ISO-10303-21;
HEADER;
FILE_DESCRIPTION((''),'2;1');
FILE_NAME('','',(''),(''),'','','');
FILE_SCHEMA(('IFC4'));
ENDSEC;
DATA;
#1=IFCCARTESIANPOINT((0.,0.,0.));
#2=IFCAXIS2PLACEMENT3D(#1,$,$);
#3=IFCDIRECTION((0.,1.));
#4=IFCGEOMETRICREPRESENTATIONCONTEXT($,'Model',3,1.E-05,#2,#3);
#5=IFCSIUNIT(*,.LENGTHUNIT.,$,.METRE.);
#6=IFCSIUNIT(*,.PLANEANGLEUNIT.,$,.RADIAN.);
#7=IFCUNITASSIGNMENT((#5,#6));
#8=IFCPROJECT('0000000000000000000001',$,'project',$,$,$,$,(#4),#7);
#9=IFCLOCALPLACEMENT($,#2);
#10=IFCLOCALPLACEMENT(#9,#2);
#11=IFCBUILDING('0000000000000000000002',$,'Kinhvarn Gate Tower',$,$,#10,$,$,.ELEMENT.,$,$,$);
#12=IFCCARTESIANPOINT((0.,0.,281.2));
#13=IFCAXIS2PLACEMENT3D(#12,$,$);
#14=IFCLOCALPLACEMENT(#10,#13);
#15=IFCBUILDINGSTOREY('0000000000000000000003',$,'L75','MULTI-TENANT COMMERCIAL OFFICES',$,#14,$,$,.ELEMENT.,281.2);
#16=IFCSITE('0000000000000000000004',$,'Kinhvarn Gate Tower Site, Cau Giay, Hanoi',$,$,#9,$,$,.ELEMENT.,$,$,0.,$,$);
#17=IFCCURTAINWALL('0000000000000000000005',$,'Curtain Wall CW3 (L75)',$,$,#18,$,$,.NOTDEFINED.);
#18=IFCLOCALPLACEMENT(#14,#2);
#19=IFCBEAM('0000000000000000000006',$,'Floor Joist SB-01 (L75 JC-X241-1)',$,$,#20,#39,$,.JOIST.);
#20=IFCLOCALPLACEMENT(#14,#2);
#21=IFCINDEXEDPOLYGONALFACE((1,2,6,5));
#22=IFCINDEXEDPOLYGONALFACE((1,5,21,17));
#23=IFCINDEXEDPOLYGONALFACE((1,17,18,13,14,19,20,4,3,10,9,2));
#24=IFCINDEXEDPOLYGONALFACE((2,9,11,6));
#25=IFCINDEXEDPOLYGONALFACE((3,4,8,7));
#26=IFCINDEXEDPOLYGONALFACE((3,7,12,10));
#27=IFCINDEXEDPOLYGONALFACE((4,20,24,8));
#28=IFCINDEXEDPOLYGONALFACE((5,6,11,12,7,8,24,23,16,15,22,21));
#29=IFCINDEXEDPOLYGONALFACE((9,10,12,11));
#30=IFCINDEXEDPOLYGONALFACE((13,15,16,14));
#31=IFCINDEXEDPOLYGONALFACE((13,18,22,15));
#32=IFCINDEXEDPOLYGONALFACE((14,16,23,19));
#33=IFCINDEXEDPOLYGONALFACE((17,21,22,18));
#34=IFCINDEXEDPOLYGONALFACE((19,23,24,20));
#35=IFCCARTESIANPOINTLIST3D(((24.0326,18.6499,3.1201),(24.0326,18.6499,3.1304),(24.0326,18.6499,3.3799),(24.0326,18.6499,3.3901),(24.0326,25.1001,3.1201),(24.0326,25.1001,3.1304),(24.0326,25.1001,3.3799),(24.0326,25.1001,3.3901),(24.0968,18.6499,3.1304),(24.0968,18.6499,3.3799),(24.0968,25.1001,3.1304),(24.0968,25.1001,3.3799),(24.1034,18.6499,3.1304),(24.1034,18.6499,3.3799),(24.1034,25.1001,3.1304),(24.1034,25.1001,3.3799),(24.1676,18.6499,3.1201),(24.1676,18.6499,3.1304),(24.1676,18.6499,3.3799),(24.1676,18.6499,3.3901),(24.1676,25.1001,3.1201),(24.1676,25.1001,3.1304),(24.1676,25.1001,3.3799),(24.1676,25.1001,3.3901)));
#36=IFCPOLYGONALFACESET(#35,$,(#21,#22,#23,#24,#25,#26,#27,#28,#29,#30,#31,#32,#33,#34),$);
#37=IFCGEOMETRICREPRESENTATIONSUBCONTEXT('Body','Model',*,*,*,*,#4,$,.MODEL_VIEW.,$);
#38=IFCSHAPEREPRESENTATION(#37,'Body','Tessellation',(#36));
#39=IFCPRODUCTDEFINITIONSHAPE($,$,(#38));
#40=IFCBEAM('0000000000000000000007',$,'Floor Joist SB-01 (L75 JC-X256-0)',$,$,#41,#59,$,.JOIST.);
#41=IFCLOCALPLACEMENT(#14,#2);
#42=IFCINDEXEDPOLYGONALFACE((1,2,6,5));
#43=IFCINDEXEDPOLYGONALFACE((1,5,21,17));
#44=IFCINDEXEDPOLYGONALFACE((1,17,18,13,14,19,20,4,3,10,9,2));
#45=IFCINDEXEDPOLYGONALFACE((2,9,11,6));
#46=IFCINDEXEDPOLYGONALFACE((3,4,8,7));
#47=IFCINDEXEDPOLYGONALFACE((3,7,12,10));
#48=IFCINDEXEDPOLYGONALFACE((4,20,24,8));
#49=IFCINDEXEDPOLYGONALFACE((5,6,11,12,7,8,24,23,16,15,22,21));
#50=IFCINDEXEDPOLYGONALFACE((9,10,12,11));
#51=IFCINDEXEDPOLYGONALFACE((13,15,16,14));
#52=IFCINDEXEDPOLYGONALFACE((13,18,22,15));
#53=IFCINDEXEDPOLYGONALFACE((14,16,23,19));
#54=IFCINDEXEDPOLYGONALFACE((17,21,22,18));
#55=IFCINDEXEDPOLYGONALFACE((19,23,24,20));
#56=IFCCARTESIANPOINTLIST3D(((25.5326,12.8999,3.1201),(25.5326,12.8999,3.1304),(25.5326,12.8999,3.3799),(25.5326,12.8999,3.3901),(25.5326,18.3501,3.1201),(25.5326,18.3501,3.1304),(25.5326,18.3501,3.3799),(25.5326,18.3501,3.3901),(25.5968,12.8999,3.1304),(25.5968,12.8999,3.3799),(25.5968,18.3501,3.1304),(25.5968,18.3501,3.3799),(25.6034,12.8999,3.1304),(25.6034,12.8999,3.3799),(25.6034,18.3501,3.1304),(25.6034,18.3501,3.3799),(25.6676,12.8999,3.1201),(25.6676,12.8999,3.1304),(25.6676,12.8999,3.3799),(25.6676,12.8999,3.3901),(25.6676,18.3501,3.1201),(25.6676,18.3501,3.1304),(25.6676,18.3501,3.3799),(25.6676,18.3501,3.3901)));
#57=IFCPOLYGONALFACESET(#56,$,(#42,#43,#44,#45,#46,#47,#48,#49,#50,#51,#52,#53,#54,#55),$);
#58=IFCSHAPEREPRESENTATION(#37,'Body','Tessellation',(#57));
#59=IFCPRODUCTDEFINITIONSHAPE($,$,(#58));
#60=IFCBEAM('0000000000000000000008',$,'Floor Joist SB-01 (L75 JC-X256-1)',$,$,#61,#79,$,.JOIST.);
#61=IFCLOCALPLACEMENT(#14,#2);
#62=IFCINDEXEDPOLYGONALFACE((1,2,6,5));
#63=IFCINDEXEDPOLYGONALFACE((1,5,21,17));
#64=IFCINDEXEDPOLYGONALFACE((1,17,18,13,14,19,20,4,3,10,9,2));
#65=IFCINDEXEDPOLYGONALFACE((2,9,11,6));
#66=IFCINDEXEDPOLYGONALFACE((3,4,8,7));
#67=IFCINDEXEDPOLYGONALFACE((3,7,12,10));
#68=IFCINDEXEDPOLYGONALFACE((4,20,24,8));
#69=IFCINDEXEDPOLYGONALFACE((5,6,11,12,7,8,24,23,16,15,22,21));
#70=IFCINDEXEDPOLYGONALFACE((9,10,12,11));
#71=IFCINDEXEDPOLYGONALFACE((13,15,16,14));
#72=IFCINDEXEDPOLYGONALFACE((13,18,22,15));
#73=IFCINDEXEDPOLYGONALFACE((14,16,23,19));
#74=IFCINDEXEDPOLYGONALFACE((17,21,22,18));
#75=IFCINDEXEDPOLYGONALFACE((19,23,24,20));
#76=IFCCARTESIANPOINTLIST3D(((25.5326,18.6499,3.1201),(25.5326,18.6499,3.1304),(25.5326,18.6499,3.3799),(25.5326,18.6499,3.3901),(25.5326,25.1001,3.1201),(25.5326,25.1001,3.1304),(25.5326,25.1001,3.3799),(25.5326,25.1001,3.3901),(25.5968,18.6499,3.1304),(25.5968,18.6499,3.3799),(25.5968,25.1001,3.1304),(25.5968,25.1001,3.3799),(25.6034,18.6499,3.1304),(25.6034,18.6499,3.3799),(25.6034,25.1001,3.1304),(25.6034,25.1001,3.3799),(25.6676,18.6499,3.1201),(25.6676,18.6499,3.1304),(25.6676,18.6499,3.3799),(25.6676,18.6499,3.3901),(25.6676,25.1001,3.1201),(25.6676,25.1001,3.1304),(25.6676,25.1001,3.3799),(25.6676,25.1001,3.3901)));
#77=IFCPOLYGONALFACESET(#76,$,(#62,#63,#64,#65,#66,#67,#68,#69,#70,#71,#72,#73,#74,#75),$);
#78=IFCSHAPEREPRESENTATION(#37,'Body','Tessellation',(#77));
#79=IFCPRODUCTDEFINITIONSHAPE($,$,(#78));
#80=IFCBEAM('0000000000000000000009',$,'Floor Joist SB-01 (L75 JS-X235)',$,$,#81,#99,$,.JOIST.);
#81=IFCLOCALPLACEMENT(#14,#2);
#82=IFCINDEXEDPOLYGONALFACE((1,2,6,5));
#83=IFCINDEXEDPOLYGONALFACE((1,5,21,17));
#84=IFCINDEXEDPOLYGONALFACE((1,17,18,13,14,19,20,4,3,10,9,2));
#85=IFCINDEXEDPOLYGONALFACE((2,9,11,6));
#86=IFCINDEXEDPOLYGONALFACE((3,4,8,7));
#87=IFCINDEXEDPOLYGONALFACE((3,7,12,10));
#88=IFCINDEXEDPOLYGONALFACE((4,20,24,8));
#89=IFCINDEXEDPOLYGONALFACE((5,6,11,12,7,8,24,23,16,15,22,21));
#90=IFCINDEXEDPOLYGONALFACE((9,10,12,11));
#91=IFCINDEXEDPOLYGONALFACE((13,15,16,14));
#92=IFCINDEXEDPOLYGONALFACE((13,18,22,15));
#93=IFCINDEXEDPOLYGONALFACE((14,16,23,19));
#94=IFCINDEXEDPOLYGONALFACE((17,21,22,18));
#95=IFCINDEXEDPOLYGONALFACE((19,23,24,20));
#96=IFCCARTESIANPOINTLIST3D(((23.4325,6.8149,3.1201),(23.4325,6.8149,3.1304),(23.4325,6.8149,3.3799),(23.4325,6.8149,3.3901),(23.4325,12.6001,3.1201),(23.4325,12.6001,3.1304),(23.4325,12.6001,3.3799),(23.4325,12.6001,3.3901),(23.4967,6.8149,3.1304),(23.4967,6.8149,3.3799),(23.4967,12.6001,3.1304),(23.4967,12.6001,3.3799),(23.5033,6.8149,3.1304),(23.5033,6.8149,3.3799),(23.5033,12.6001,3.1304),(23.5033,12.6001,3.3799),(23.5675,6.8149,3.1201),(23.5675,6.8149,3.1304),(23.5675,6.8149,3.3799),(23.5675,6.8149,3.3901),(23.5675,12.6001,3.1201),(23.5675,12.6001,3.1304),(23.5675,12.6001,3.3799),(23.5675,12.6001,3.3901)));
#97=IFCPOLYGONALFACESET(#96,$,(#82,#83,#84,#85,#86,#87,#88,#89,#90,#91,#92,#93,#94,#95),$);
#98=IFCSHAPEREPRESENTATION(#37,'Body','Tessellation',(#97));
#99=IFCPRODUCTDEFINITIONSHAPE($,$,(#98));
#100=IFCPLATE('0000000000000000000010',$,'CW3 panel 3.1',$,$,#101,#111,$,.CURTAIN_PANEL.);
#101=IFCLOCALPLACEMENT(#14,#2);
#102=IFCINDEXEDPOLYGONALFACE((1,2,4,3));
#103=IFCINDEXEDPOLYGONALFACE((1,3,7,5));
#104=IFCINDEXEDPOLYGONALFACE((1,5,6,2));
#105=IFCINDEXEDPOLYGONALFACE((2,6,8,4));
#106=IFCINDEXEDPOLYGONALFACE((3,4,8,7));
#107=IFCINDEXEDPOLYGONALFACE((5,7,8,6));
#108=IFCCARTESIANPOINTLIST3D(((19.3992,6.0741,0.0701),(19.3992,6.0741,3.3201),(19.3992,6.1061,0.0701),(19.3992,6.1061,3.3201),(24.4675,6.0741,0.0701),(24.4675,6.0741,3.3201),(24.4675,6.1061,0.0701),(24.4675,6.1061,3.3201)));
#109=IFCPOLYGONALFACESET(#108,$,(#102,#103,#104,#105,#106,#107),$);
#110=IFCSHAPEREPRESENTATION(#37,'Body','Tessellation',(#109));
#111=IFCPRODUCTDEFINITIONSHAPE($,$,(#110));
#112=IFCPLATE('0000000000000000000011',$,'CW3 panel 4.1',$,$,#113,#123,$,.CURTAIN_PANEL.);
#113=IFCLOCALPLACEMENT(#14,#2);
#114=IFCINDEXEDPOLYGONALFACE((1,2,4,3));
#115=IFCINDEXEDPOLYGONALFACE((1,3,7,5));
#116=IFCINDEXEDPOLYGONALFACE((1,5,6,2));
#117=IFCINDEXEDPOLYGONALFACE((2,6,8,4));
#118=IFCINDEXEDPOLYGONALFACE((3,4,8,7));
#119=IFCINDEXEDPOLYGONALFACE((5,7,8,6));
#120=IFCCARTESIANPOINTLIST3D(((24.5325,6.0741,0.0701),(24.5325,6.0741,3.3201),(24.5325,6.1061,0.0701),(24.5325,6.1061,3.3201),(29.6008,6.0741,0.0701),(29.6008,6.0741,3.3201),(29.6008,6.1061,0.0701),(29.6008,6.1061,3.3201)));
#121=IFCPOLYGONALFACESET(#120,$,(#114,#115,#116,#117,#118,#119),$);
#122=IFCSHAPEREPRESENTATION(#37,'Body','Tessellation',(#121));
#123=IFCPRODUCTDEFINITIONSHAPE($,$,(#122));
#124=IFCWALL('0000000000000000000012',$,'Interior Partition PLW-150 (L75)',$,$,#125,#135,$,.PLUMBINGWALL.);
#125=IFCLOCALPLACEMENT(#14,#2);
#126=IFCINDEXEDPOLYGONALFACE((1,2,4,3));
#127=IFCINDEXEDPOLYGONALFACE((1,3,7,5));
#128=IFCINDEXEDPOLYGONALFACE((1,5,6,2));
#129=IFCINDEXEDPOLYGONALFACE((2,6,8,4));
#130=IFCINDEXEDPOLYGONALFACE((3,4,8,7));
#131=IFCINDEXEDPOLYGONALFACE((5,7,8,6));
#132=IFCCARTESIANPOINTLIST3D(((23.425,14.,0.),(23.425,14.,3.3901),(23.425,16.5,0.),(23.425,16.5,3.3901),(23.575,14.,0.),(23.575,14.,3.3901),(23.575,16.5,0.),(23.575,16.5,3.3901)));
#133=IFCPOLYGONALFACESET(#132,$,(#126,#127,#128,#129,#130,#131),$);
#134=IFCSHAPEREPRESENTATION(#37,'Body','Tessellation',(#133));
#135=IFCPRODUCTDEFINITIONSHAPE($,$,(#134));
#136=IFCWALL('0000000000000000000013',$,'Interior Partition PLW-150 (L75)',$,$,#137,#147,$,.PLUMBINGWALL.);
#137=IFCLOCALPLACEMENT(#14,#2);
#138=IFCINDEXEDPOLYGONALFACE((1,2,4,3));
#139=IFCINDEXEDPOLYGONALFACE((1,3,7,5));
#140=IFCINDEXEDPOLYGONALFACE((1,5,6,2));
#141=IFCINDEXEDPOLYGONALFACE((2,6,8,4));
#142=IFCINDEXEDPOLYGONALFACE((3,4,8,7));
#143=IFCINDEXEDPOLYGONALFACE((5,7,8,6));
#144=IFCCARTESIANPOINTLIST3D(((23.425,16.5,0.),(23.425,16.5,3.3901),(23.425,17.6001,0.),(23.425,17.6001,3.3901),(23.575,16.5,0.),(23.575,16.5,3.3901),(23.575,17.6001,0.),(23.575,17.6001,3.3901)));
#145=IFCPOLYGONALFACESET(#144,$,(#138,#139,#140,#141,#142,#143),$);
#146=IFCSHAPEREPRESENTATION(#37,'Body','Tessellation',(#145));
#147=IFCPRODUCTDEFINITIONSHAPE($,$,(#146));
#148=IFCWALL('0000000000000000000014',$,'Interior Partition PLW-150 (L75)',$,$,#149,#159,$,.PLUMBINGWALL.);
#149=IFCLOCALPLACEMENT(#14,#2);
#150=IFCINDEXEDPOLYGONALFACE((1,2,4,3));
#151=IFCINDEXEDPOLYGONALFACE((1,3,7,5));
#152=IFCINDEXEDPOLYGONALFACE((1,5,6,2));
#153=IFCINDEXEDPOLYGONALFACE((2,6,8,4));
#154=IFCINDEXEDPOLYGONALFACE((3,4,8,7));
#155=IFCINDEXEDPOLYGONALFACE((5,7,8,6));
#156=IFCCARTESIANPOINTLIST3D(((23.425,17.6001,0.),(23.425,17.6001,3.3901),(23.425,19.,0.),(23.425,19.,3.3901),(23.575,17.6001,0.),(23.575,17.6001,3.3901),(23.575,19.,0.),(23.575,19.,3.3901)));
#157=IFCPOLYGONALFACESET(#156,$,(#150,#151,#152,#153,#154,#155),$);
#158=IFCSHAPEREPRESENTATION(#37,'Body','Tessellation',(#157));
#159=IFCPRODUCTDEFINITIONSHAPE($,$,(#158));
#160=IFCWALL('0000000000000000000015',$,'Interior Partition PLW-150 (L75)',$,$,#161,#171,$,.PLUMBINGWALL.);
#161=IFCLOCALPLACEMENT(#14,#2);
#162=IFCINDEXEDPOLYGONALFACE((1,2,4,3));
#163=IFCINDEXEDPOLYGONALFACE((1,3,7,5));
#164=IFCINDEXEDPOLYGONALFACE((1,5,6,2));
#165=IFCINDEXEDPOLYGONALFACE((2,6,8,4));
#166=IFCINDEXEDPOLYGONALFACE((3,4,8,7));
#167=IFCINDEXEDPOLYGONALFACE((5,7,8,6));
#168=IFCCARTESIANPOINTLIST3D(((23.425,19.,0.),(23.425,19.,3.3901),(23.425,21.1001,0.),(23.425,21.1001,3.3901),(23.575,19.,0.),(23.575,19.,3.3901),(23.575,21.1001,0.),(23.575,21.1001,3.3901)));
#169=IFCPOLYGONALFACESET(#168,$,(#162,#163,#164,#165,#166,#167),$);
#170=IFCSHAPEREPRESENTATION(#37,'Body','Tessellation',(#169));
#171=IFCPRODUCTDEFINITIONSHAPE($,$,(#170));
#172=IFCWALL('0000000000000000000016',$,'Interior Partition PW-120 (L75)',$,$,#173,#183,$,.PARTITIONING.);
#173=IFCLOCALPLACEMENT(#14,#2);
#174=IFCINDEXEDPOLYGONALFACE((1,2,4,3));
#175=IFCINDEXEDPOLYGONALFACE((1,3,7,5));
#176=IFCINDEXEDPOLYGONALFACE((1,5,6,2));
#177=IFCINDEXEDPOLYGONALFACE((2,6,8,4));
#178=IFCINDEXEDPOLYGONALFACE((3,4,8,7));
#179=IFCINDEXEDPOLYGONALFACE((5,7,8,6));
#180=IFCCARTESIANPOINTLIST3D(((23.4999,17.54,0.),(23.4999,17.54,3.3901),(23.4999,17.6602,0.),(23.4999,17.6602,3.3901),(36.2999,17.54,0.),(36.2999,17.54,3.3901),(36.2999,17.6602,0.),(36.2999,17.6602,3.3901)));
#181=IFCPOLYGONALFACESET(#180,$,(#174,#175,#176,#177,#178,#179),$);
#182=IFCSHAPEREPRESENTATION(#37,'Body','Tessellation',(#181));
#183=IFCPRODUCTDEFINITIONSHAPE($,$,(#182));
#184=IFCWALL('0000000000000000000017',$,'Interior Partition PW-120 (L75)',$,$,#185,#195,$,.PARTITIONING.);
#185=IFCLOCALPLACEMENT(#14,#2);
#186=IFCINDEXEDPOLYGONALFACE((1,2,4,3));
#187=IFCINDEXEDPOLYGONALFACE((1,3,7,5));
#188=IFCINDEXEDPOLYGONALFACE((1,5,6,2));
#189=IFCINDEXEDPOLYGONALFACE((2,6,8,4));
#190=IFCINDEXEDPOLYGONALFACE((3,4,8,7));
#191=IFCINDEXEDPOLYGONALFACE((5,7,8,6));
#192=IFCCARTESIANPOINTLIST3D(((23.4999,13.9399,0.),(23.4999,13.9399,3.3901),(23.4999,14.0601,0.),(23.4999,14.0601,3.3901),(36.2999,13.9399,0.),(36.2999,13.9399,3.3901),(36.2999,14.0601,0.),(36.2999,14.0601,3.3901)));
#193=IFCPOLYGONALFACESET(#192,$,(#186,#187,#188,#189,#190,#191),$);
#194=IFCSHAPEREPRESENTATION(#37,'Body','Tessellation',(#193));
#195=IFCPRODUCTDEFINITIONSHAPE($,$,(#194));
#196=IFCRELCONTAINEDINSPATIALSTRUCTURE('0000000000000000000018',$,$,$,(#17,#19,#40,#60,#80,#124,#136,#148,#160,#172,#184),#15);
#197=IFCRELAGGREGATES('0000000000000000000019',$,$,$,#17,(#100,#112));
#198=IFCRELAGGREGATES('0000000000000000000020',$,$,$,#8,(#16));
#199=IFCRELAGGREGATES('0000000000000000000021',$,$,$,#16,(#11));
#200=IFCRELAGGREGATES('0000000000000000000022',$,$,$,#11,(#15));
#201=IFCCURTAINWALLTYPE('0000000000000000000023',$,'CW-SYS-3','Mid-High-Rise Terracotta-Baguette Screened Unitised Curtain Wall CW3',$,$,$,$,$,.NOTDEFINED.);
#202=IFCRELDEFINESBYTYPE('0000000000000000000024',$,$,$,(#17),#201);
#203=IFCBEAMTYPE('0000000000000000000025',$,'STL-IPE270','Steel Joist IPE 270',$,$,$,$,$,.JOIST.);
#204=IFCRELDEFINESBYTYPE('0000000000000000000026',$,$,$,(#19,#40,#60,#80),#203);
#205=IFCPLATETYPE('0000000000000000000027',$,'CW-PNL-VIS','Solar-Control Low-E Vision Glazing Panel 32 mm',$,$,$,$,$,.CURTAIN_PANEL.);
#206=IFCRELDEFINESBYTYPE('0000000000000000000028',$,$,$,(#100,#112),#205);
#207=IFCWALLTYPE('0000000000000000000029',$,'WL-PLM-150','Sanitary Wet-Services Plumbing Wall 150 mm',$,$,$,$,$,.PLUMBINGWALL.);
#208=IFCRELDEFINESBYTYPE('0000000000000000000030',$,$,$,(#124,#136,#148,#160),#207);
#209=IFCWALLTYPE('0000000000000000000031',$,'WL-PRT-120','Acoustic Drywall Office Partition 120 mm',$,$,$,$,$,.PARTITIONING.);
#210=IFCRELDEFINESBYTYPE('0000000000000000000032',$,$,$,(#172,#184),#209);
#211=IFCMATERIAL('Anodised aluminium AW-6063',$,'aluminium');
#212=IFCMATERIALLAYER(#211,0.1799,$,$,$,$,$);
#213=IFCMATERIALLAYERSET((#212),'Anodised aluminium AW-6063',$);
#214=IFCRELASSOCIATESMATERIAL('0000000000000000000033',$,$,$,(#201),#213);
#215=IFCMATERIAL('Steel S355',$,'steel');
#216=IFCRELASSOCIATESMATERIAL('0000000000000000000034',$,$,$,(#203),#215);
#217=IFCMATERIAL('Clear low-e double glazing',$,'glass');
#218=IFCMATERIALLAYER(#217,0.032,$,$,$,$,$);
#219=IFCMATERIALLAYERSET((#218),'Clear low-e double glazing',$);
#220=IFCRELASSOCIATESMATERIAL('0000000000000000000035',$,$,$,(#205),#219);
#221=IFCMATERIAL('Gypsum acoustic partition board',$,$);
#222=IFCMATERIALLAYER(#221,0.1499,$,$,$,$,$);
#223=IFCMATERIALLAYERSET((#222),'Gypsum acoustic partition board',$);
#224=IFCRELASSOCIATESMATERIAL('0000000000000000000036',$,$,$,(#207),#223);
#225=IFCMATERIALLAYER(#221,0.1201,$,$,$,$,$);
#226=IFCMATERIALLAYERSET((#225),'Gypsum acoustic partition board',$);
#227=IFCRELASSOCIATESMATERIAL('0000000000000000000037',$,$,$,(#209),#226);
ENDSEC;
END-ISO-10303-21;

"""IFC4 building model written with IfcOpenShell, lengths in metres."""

from ifc_helpers import new_model, si_unit, direction, frame, frame_2d, origin, origin_2d, place, context, subcontext, project, spatial, rectangle, i_section, extrude, material, layer, layer_set, material_profile, profile_set, type_object, element, aggregate, save


model = new_model("IFC4")

# Units and contexts
model_context = context("Model", 3, precision=1e-05, world=origin(), true_north=direction((0.0, 1.0)))
body_context = subcontext(model_context, "Body", "Model", "MODEL_VIEW")
ifc_project = project(units=[si_unit("LENGTHUNIT", "METRE"), si_unit("PLANEANGLEUNIT", "RADIAN")], contexts=[model_context])

# Site, building, storey
site_placement = place(None, origin())
site = spatial("IfcSite", under=ifc_project, at=site_placement, Name="Kinhvarn Gate Tower Site, Cau Giay, Hanoi", CompositionType="ELEMENT", RefElevation=0.0)
building_placement = place(site_placement, origin())
building = spatial("IfcBuilding", under=site, at=building_placement, Name="Kinhvarn Gate Tower", CompositionType="ELEMENT")
storey_placement = place(building_placement, frame((0.0, 0.0, 281.2)))
storey = spatial("IfcBuildingStorey", under=building, at=storey_placement, Name="L75", Description="MULTI-TENANT COMMERCIAL OFFICES", CompositionType="ELEMENT", Elevation=281.2)

# Curtain wall
ifc_material_1 = material(Name="Anodised aluminium AW-6063", Category="aluminium")
ifc_layer_1 = layer(ifc_material_1, 0.1799)
ifc_layer_set_1 = layer_set([ifc_layer_1], Name="Anodised aluminium AW-6063")
curtain_wall_type = type_object("IfcCurtainWallType", Name="CW-SYS-3", Description="Mid-High-Rise Terracotta-Baguette Screened Unitised Curtain Wall CW3", PredefinedType="NOTDEFINED", material=ifc_layer_set_1)
curtain_wall_placement = place(storey_placement, origin())
curtain_wall = element("IfcCurtainWall", 1, at=curtain_wall_placement, inside=storey, type_object=curtain_wall_type, Name="Curtain Wall CW3 (L75)", PredefinedType="NOTDEFINED")

# Beams
ifc_material_2 = material(Name="Steel S355", Category="steel")
ifc_material_profile_1 = material_profile(ifc_material_2, i_section(OverallWidth=0.135, OverallDepth=0.27, WebThickness=0.0066, FlangeThickness=0.0103, at=origin_2d()), Name="IPE 270")
ifc_profile_set_1 = profile_set([ifc_material_profile_1], Name="Steel S355")
beam_type_1 = type_object("IfcBeamType", Name="STL-IPE270", Description="Steel Joist IPE 270", PredefinedType="JOIST", material=ifc_profile_set_1)
beam_1_placement = place(storey_placement, frame((24.1001, 18.6499, 3.2551), z_axis=(0.0, 1.0, 0.0), x_axis=(-1.0, 0.0, 0.0)))
element("IfcBeam", 2, at=beam_1_placement, inside=storey, type_object=beam_type_1, Name="Floor Joist SB-01 (L75 JC-X241-1)", PredefinedType="JOIST", context=body_context, shape_type="SweptSolid", body=[
    extrude(i_section(OverallWidth=0.135, OverallDepth=0.27, WebThickness=0.0066, FlangeThickness=0.0103, at=origin_2d()), origin(), (0.0, 0.0, 1.0), 6.4502),
])
beam_2_placement = place(storey_placement, frame((25.6001, 12.8999, 3.2551), z_axis=(0.0, 1.0, 0.0), x_axis=(-1.0, 0.0, 0.0)))
element("IfcBeam", 3, at=beam_2_placement, inside=storey, type_object=beam_type_1, Name="Floor Joist SB-01 (L75 JC-X256-0)", PredefinedType="JOIST", context=body_context, shape_type="SweptSolid", body=[
    extrude(i_section(OverallWidth=0.135, OverallDepth=0.27, WebThickness=0.0066, FlangeThickness=0.0103, at=origin_2d()), origin(), (0.0, 0.0, 1.0), 5.4502),
])
beam_3_placement = place(storey_placement, frame((25.6001, 18.6499, 3.2551), z_axis=(0.0, 1.0, 0.0), x_axis=(-1.0, 0.0, 0.0)))
element("IfcBeam", 4, at=beam_3_placement, inside=storey, type_object=beam_type_1, Name="Floor Joist SB-01 (L75 JC-X256-1)", PredefinedType="JOIST", context=body_context, shape_type="SweptSolid", body=[
    extrude(i_section(OverallWidth=0.135, OverallDepth=0.27, WebThickness=0.0066, FlangeThickness=0.0103, at=origin_2d()), origin(), (0.0, 0.0, 1.0), 6.4502),
])
beam_4_placement = place(storey_placement, frame((23.5, 6.8149, 3.2551), z_axis=(0.0, 1.0, 0.0), x_axis=(-1.0, 0.0, 0.0)))
element("IfcBeam", 5, at=beam_4_placement, inside=storey, type_object=beam_type_1, Name="Floor Joist SB-01 (L75 JS-X235)", PredefinedType="JOIST", context=body_context, shape_type="SweptSolid", body=[
    extrude(i_section(OverallWidth=0.135, OverallDepth=0.27, WebThickness=0.0066, FlangeThickness=0.0103, at=origin_2d()), origin(), (0.0, 0.0, 1.0), 5.7852),
])

# Plates
ifc_material_3 = material(Name="Clear low-e double glazing", Category="glass")
ifc_layer_2 = layer(ifc_material_3, 0.032)
ifc_layer_set_2 = layer_set([ifc_layer_2], Name="Clear low-e double glazing")
plate_type = type_object("IfcPlateType", Name="CW-PNL-VIS", Description="Solar-Control Low-E Vision Glazing Panel 32 mm", PredefinedType="CURTAIN_PANEL", material=ifc_layer_set_2)
plate_1_placement = place(storey_placement, frame((21.9333, 6.0901, 0.0701), z_axis=(0.0, 0.0, 1.0), x_axis=(1.0, 0.0, 0.0)))
plate_1 = element("IfcPlate", 6, at=plate_1_placement, type_object=plate_type, Name="CW3 panel 3.1", PredefinedType="CURTAIN_PANEL", context=body_context, shape_type="SweptSolid", body=[
    extrude(rectangle(XDim=5.0684, YDim=0.032, at=origin_2d()), origin(), (0.0, 0.0, 1.0), 3.25),
])
plate_2_placement = place(storey_placement, frame((27.0667, 6.0901, 0.0701), z_axis=(0.0, 0.0, 1.0), x_axis=(1.0, 0.0, 0.0)))
plate_2 = element("IfcPlate", 7, at=plate_2_placement, type_object=plate_type, Name="CW3 panel 4.1", PredefinedType="CURTAIN_PANEL", context=body_context, shape_type="SweptSolid", body=[
    extrude(rectangle(XDim=5.0684, YDim=0.032, at=origin_2d()), origin(), (0.0, 0.0, 1.0), 3.25),
])
aggregate(curtain_wall, [plate_1, plate_2])

# Walls
ifc_material_4 = material(Name="Gypsum acoustic partition board")
ifc_layer_3 = layer(ifc_material_4, 0.1499)
ifc_layer_set_3 = layer_set([ifc_layer_3], Name="Gypsum acoustic partition board")
wall_type_1 = type_object("IfcWallType", Name="WL-PLM-150", Description="Sanitary Wet-Services Plumbing Wall 150 mm", PredefinedType="PLUMBINGWALL", material=ifc_layer_set_3)
wall_1_placement = place(storey_placement, frame((23.5, 14.0, 0.0), z_axis=(0.0, 0.0, 1.0), x_axis=(0.0, 1.0, 0.0)))
element("IfcWall", 8, at=wall_1_placement, inside=storey, type_object=wall_type_1, Name="Interior Partition PLW-150 (L75)", PredefinedType="PLUMBINGWALL", context=body_context, shape_type="SweptSolid", body=[
    extrude(rectangle(XDim=2.5, YDim=0.1499, at=frame_2d((1.25, 0.0))), origin(), (0.0, 0.0, 1.0), 3.3901),
])
wall_2_placement = place(storey_placement, frame((23.5, 16.5, 0.0), z_axis=(0.0, 0.0, 1.0), x_axis=(0.0, 1.0, 0.0)))
element("IfcWall", 9, at=wall_2_placement, inside=storey, type_object=wall_type_1, Name="Interior Partition PLW-150 (L75)", PredefinedType="PLUMBINGWALL", context=body_context, shape_type="SweptSolid", body=[
    extrude(rectangle(XDim=1.1001, YDim=0.1499, at=frame_2d((0.55, 0.0))), origin(), (0.0, 0.0, 1.0), 3.3901),
])
wall_3_placement = place(storey_placement, frame((23.5, 17.6001, 0.0), z_axis=(0.0, 0.0, 1.0), x_axis=(0.0, 1.0, 0.0)))
element("IfcWall", 10, at=wall_3_placement, inside=storey, type_object=wall_type_1, Name="Interior Partition PLW-150 (L75)", PredefinedType="PLUMBINGWALL", context=body_context, shape_type="SweptSolid", body=[
    extrude(rectangle(XDim=1.3999, YDim=0.1499, at=frame_2d((0.7, 0.0))), origin(), (0.0, 0.0, 1.0), 3.3901),
])
wall_4_placement = place(storey_placement, frame((23.5, 19.0, 0.0), z_axis=(0.0, 0.0, 1.0), x_axis=(0.0, 1.0, 0.0)))
element("IfcWall", 11, at=wall_4_placement, inside=storey, type_object=wall_type_1, Name="Interior Partition PLW-150 (L75)", PredefinedType="PLUMBINGWALL", context=body_context, shape_type="SweptSolid", body=[
    extrude(rectangle(XDim=2.1001, YDim=0.1499, at=frame_2d((1.05, 0.0))), origin(), (0.0, 0.0, 1.0), 3.3901),
])
ifc_layer_4 = layer(ifc_material_4, 0.1201)
ifc_layer_set_4 = layer_set([ifc_layer_4], Name="Gypsum acoustic partition board")
wall_type_2 = type_object("IfcWallType", Name="WL-PRT-120", Description="Acoustic Drywall Office Partition 120 mm", PredefinedType="PARTITIONING", material=ifc_layer_set_4)
for number, where, z_axis, x_axis, name in (
    (12, (23.5, 17.6001, 0.0), (0.0, 0.0, 1.0), (1.0, 0.0, 0.0), "Interior Partition PW-120 (L75)"),
    (13, (23.5, 14.0, 0.0), (0.0, 0.0, 1.0), (1.0, 0.0, 0.0), "Interior Partition PW-120 (L75)"),
):
    element("IfcWall", number, at=place(storey_placement, frame(where, z_axis=z_axis, x_axis=x_axis)), inside=storey, type_object=wall_type_2, Name=name, PredefinedType="PARTITIONING", context=body_context, shape_type="SweptSolid", body=[
        extrude(rectangle(XDim=12.8, YDim=0.1201, at=frame_2d((6.3999, 0.0))), origin(), (0.0, 0.0, 1.0), 3.3901),
    ])

save(model, "model.ifc")
